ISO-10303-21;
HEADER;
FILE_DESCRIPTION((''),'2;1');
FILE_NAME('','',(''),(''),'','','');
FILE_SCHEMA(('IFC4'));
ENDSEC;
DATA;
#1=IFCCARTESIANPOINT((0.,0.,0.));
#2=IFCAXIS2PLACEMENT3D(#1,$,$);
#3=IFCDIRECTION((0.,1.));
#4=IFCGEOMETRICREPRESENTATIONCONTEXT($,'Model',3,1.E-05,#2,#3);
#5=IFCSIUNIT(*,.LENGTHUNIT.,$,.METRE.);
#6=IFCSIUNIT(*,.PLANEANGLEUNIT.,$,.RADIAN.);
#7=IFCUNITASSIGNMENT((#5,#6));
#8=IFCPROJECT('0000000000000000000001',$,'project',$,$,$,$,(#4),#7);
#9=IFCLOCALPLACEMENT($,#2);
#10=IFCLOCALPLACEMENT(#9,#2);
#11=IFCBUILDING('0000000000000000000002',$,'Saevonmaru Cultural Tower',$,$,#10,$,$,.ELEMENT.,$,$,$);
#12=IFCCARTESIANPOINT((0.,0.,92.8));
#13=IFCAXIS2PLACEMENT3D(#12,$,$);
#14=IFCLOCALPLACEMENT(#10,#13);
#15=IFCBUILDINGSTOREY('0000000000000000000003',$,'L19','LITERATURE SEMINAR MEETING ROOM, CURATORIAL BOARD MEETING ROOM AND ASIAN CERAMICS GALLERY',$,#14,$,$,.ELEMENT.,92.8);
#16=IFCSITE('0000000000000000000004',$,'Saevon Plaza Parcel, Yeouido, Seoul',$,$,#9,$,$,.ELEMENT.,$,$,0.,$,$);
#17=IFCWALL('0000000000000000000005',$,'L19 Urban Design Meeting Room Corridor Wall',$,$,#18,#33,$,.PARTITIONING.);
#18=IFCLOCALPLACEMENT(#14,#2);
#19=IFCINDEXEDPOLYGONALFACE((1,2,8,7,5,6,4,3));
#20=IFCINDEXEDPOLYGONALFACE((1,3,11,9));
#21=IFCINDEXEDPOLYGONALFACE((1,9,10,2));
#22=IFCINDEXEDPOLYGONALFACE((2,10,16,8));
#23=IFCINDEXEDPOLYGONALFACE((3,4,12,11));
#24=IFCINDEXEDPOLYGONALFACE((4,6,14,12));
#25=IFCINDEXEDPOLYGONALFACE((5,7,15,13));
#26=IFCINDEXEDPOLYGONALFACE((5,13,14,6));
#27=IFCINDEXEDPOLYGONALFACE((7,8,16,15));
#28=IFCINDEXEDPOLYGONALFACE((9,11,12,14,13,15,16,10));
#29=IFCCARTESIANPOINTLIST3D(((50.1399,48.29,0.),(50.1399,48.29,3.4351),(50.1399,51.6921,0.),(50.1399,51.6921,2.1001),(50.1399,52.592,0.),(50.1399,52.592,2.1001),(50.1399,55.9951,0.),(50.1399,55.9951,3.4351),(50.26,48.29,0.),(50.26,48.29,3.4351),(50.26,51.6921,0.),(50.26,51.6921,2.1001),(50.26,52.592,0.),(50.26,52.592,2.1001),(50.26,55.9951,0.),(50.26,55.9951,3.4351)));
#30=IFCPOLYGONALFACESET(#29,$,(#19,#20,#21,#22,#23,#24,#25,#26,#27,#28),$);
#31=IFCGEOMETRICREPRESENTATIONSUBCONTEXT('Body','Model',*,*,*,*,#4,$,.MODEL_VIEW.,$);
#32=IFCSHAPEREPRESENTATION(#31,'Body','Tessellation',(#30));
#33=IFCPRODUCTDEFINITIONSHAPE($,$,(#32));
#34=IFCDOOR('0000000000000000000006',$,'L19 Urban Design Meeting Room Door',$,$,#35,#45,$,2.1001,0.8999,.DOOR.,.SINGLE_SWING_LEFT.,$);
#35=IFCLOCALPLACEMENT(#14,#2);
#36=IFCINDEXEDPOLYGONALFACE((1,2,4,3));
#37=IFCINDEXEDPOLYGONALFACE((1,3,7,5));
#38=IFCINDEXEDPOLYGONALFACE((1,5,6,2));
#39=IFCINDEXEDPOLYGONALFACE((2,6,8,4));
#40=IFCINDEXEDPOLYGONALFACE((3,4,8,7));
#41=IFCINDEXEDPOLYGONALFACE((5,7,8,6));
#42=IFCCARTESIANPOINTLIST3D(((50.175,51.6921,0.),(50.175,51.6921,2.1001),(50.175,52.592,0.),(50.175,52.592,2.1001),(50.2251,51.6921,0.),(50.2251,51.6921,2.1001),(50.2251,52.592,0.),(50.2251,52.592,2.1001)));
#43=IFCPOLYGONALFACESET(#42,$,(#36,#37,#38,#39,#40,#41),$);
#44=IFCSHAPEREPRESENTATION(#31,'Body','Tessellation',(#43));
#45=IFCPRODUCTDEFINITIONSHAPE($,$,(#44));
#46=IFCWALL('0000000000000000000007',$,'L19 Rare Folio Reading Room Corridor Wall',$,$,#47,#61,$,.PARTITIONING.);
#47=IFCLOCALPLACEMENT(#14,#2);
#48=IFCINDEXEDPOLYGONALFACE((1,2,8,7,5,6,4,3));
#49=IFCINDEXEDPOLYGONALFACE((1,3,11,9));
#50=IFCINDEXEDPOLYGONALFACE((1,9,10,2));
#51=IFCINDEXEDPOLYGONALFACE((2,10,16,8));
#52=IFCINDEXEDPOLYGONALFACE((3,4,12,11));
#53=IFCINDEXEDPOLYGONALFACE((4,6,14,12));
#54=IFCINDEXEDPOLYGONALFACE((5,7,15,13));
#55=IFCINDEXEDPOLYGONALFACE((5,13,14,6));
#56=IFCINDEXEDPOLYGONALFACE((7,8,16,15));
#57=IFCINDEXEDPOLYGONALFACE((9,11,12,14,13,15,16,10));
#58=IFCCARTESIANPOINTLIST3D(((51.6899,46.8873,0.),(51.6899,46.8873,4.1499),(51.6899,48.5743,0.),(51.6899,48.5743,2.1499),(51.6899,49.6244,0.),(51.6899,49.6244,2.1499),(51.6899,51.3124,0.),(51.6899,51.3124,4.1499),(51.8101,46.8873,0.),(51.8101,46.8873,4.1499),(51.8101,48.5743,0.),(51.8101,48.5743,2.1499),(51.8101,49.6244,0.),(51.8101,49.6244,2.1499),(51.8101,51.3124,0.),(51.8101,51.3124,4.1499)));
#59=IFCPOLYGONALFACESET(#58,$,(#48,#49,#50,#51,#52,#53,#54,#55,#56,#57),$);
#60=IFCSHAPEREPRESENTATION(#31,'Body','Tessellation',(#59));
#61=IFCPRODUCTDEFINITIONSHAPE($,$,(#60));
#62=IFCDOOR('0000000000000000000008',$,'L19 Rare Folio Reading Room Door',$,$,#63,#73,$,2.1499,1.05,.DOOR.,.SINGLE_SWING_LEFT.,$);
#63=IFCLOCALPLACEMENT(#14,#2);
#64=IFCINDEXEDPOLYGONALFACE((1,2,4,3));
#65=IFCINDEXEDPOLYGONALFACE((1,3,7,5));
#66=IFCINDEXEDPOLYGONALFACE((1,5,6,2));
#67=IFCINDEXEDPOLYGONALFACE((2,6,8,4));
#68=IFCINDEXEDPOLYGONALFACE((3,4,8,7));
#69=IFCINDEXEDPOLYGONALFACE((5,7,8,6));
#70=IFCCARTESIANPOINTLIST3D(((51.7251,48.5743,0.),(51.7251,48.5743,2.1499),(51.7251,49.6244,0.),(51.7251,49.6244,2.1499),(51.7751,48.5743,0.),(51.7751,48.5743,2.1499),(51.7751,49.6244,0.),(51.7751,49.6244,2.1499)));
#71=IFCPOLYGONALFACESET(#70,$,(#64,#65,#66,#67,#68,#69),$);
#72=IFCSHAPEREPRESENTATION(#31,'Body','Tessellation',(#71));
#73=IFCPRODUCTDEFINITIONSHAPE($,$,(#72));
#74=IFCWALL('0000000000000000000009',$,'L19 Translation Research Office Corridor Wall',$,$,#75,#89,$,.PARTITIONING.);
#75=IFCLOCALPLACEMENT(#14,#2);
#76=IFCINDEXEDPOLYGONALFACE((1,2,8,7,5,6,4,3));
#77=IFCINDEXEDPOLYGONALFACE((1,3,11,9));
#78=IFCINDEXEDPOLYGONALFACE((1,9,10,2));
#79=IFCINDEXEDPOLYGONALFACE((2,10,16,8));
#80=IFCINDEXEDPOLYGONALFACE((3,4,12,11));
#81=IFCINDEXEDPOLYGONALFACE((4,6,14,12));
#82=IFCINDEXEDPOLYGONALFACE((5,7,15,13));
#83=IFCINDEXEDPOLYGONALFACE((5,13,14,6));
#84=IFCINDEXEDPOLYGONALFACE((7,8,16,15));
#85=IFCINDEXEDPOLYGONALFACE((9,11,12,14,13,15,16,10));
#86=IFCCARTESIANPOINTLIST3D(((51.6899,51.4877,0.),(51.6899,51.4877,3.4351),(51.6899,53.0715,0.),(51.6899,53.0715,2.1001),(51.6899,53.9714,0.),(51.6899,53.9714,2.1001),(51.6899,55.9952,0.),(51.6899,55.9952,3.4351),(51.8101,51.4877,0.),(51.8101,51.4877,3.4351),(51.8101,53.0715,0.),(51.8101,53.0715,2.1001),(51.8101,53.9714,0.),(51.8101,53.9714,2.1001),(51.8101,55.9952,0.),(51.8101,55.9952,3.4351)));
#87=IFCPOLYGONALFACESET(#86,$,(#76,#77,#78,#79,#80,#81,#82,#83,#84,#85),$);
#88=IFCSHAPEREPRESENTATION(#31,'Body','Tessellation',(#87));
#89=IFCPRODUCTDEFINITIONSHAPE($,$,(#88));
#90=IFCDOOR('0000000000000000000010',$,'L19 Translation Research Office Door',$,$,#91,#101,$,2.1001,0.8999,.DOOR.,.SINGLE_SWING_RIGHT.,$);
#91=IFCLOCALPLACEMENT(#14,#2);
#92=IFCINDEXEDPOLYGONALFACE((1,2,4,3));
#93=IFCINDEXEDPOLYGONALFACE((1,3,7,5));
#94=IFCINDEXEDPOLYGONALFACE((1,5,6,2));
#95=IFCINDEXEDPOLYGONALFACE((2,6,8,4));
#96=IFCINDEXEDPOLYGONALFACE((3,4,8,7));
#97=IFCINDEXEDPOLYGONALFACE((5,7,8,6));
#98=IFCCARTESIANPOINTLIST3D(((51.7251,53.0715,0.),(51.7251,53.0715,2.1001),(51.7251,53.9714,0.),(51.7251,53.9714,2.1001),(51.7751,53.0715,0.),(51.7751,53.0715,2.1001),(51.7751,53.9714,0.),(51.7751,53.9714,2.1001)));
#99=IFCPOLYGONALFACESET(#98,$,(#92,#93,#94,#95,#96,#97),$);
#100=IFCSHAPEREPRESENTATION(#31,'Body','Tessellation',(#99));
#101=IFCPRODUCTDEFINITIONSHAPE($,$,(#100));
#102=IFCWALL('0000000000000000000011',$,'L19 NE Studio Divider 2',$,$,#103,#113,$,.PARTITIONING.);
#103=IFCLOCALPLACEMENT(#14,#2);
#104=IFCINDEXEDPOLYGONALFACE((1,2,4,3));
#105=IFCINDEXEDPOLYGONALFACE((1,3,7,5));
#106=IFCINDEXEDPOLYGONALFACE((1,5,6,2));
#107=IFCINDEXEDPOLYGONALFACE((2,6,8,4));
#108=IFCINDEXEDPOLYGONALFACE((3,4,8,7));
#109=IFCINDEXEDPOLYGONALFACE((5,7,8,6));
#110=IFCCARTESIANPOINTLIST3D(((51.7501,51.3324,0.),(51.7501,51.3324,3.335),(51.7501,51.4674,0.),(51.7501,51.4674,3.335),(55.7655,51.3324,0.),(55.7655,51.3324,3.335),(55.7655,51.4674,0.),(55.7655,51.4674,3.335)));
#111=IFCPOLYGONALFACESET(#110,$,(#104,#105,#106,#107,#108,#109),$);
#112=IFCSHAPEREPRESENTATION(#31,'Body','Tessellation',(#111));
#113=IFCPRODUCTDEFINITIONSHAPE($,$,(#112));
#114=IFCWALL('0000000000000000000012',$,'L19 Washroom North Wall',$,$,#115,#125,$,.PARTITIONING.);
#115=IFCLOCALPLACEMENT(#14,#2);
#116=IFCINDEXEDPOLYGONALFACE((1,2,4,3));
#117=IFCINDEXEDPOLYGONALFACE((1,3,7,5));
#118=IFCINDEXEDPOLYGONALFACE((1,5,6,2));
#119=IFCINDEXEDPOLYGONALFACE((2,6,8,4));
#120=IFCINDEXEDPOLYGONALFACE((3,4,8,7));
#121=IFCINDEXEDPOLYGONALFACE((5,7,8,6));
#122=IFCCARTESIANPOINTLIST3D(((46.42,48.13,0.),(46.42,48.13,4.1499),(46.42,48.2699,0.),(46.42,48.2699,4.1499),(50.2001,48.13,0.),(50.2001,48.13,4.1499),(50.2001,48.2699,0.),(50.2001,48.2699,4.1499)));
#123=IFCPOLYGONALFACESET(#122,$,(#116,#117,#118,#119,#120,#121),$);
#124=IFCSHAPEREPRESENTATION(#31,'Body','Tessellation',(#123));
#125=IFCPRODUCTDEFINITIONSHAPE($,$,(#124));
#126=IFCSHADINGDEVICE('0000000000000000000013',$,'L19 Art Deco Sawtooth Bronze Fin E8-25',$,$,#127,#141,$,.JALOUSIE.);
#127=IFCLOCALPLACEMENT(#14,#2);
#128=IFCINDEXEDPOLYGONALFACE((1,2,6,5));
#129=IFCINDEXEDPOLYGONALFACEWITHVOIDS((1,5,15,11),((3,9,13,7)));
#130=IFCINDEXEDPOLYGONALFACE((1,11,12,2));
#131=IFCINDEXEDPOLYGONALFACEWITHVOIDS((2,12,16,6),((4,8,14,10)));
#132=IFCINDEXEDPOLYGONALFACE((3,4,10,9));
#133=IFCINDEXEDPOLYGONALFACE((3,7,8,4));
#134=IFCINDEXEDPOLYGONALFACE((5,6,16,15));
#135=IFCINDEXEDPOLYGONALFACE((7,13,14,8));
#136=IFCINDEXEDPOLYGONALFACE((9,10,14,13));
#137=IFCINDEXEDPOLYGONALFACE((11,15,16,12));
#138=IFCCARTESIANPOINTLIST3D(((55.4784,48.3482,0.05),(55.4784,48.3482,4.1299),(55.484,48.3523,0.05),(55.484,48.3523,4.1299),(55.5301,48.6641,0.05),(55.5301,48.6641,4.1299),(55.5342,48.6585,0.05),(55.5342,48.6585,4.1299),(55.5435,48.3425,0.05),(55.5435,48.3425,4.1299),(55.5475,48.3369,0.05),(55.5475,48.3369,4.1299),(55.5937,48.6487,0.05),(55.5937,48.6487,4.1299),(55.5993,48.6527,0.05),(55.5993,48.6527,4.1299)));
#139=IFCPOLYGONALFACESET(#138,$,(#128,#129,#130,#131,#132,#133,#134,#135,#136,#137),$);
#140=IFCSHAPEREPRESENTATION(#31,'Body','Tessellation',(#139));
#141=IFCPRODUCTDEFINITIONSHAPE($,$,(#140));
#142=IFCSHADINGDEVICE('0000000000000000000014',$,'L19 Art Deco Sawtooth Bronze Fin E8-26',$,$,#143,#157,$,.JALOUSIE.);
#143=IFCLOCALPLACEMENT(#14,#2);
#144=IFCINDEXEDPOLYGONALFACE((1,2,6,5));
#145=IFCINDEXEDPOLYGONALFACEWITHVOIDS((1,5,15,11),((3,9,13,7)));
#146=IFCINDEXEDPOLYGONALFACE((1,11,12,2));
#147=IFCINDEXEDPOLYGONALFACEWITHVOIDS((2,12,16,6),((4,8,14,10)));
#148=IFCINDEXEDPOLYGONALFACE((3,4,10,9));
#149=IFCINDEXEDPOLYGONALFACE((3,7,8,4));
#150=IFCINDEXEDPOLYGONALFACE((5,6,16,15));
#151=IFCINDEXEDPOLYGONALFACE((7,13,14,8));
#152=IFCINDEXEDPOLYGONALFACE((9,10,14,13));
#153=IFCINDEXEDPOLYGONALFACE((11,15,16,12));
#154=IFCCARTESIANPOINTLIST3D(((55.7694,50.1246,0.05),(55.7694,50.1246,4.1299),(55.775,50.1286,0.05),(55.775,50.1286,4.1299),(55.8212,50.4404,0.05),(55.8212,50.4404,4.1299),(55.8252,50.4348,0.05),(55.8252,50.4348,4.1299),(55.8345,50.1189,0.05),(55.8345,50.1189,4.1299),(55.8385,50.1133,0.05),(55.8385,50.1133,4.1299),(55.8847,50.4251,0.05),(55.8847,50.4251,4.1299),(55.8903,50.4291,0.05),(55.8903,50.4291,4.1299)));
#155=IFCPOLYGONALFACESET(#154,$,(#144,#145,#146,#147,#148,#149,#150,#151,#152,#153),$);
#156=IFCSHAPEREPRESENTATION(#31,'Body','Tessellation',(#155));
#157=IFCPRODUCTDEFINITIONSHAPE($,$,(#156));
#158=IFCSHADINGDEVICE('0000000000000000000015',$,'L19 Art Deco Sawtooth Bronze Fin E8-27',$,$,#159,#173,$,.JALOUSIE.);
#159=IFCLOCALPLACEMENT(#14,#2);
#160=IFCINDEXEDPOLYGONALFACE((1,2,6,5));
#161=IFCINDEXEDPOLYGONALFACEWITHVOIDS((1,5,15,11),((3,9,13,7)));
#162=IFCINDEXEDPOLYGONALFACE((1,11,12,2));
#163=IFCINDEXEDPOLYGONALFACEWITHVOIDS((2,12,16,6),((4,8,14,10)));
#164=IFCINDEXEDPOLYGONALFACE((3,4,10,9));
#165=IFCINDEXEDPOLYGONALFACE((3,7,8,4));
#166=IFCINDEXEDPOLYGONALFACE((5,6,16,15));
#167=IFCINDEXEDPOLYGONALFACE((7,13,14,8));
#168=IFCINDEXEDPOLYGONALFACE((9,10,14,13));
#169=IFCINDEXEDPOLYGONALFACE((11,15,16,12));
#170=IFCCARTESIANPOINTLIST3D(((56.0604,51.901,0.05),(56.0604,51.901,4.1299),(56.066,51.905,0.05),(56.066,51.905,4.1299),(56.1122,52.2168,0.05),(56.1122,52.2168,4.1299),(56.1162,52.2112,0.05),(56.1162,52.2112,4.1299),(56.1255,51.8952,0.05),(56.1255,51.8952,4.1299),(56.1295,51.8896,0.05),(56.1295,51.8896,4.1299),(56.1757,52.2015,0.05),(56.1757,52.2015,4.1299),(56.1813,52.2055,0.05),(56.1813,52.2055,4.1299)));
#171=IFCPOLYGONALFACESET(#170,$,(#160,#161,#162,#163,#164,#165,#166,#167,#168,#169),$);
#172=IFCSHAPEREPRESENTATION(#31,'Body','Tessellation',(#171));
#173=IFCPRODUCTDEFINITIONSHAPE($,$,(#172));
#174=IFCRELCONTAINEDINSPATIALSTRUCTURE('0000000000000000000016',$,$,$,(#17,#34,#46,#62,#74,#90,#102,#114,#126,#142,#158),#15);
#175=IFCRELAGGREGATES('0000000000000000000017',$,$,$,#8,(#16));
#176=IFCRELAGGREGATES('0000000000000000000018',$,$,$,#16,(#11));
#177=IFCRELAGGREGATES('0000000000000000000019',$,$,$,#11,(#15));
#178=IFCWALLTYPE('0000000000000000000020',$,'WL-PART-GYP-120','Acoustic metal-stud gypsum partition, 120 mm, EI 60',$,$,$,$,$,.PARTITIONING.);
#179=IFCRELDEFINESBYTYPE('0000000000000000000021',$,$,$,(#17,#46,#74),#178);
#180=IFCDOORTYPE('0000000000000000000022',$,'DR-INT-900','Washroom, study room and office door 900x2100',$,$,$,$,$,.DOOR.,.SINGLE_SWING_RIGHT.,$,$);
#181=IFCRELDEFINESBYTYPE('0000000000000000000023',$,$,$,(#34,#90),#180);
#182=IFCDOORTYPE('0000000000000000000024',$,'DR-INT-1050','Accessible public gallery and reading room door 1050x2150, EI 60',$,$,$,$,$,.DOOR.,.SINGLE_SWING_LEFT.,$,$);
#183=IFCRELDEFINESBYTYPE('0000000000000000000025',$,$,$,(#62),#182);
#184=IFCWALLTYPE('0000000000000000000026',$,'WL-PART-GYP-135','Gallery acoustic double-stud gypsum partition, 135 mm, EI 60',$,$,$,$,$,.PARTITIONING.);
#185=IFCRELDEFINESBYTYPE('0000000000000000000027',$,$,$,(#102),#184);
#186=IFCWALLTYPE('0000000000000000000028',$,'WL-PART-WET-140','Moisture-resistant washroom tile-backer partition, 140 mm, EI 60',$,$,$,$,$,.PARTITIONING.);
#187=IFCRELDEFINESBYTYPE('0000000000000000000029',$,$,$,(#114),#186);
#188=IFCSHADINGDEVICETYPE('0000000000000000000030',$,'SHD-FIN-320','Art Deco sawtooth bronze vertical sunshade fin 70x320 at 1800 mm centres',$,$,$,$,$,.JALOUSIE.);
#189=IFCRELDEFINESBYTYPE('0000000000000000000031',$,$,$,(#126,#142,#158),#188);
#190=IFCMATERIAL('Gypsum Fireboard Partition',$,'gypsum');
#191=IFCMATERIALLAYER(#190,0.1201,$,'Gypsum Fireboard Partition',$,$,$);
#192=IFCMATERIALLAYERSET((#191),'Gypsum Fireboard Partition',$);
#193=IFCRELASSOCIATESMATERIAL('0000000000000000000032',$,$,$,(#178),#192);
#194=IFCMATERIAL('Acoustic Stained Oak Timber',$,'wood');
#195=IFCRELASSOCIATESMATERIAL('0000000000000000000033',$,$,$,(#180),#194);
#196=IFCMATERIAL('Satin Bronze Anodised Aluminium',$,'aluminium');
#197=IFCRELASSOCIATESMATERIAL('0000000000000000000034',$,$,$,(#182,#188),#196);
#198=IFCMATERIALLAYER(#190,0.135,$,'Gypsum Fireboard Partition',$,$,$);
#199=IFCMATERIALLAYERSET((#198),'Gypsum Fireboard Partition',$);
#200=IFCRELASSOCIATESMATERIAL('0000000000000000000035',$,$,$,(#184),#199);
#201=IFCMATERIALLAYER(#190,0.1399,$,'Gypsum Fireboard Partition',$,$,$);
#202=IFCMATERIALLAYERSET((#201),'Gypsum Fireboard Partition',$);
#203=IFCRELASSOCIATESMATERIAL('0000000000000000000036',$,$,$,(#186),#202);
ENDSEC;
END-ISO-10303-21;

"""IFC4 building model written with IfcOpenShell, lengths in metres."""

from ifc_helpers import new_model, si_unit, direction, frame, frame_2d, origin, origin_2d, place, context, subcontext, project, spatial, rectangle, hollow_rectangle, extrude, material, layer, layer_set, material_profile, profile_set, type_object, element, fill, save


model = new_model("IFC4")

# Units and contexts
model_context = context("Model", 3, precision=1e-05, world=origin(), true_north=direction((0.0, 1.0)))
body_context = subcontext(model_context, "Body", "Model", "MODEL_VIEW")
ifc_project = project(units=[si_unit("LENGTHUNIT", "METRE"), si_unit("PLANEANGLEUNIT", "RADIAN")], contexts=[model_context])

# Site, building, storey
site_placement = place(None, origin())
site = spatial("IfcSite", under=ifc_project, at=site_placement, Name="Saevon Plaza Parcel, Yeouido, Seoul", CompositionType="ELEMENT", RefElevation=0.0)
building_placement = place(site_placement, origin())
building = spatial("IfcBuilding", under=site, at=building_placement, Name="Saevonmaru Cultural Tower", CompositionType="ELEMENT")
storey_placement = place(building_placement, frame((0.0, 0.0, 92.8)))
storey = spatial("IfcBuildingStorey", under=building, at=storey_placement, Name="L19", Description="LITERATURE SEMINAR MEETING ROOM, CURATORIAL BOARD MEETING ROOM AND ASIAN CERAMICS GALLERY", CompositionType="ELEMENT", Elevation=92.8)

# Shared definitions
ifc_material_1 = material(Name="Satin Bronze Anodised Aluminium", Category="aluminium")

# Walls, openings, doors
ifc_material_2 = material(Name="Gypsum Fireboard Partition", Category="gypsum")
ifc_layer_1 = layer(ifc_material_2, 0.1201, Name="Gypsum Fireboard Partition")
ifc_layer_set_1 = layer_set([ifc_layer_1], Name="Gypsum Fireboard Partition")
wall_type_1 = type_object("IfcWallType", Name="WL-PART-GYP-120", Description="Acoustic metal-stud gypsum partition, 120 mm, EI 60", PredefinedType="PARTITIONING", material=ifc_layer_set_1)
wall_1_placement = place(storey_placement, frame((50.2, 48.29, 0.0), z_axis=(0.0, 0.0, 1.0), x_axis=(0.0, 1.0, 0.0)))
wall_1 = element("IfcWall", 1, at=wall_1_placement, inside=storey, type_object=wall_type_1, Name="L19 Urban Design Meeting Room Corridor Wall", PredefinedType="PARTITIONING", context=body_context, shape_type="SweptSolid", body=[
    extrude(rectangle(XDim=7.7051, YDim=0.1201, at=frame_2d((3.8525, 0.0))), origin(), (0.0, 0.0, 1.0), 3.4351),
])
opening_1_placement = place(wall_1_placement, frame((3.4021, 0.0, 0.0)))
opening_1 = element("IfcOpeningElement", 2, at=opening_1_placement, cuts=wall_1, PredefinedType="OPENING", context=body_context, shape_type="SweptSolid", body=[
    extrude(rectangle(XDim=0.8999, YDim=2.1001, at=frame_2d((0.45, 1.05))), frame((0.0, 0.0701, 0.0), z_axis=(0.0, -1.0, 0.0), x_axis=(1.0, 0.0, 0.0)), (0.0, 0.0, 1.0), 0.1401),
])
ifc_material_3 = material(Name="Acoustic Stained Oak Timber", Category="wood")
door_type_1 = type_object("IfcDoorType", Name="DR-INT-900", Description="Washroom, study room and office door 900x2100", OperationType="SINGLE_SWING_RIGHT", PredefinedType="DOOR", material=ifc_material_3)
door_1_placement = place(opening_1_placement, origin())
door_1 = element("IfcDoor", 3, at=door_1_placement, inside=storey, type_object=door_type_1, Name="L19 Urban Design Meeting Room Door", OperationType="SINGLE_SWING_LEFT", OverallHeight=2.1001, OverallWidth=0.8999, PredefinedType="DOOR", context=body_context, shape_type="SweptSolid", body=[
    extrude(rectangle(XDim=0.8999, YDim=2.1001, at=frame_2d((0.45, 1.05))), frame((0.0, 0.0249, 0.0), z_axis=(0.0, -1.0, 0.0), x_axis=(1.0, 0.0, 0.0)), (0.0, 0.0, 1.0), 0.05),
])
fill(opening_1, door_1)
wall_2_placement = place(storey_placement, frame((51.75, 46.8875, 0.0), z_axis=(0.0, 0.0, 1.0), x_axis=(0.0, 1.0, 0.0)))
wall_2 = element("IfcWall", 4, at=wall_2_placement, inside=storey, type_object=wall_type_1, Name="L19 Rare Folio Reading Room Corridor Wall", PredefinedType="PARTITIONING", context=body_context, shape_type="SweptSolid", body=[
    extrude(rectangle(XDim=4.425, YDim=0.1201, at=frame_2d((2.2124, 0.0))), origin(), (0.0, 0.0, 1.0), 4.1499),
])
opening_2_placement = place(wall_2_placement, frame((1.687, 0.0, 0.0)))
opening_2 = element("IfcOpeningElement", 5, at=opening_2_placement, cuts=wall_2, PredefinedType="OPENING", context=body_context, shape_type="SweptSolid", body=[
    extrude(rectangle(XDim=1.05, YDim=2.1499, at=frame_2d((0.5249, 1.075))), frame((0.0, 0.0701, 0.0), z_axis=(0.0, -1.0, 0.0), x_axis=(1.0, 0.0, 0.0)), (0.0, 0.0, 1.0), 0.1401),
])
door_type_2 = type_object("IfcDoorType", Name="DR-INT-1050", Description="Accessible public gallery and reading room door 1050x2150, EI 60", OperationType="SINGLE_SWING_LEFT", PredefinedType="DOOR", material=ifc_material_1)
door_2_placement = place(opening_2_placement, origin())
door_2 = element("IfcDoor", 6, at=door_2_placement, inside=storey, type_object=door_type_2, Name="L19 Rare Folio Reading Room Door", OperationType="SINGLE_SWING_LEFT", OverallHeight=2.1499, OverallWidth=1.05, PredefinedType="DOOR", context=body_context, shape_type="SweptSolid", body=[
    extrude(rectangle(XDim=1.05, YDim=2.1499, at=frame_2d((0.5249, 1.075))), frame((0.0, 0.0249, 0.0), z_axis=(0.0, -1.0, 0.0), x_axis=(1.0, 0.0, 0.0)), (0.0, 0.0, 1.0), 0.05),
])
fill(opening_2, door_2)
wall_3_placement = place(storey_placement, frame((51.75, 51.4875, 0.0), z_axis=(0.0, 0.0, 1.0), x_axis=(0.0, 1.0, 0.0)))
wall_3 = element("IfcWall", 7, at=wall_3_placement, inside=storey, type_object=wall_type_1, Name="L19 Translation Research Office Corridor Wall", PredefinedType="PARTITIONING", context=body_context, shape_type="SweptSolid", body=[
    extrude(rectangle(XDim=4.5076, YDim=0.1201, at=frame_2d((2.2539, 0.0))), origin(), (0.0, 0.0, 1.0), 3.4351),
])
opening_3_placement = place(wall_3_placement, frame((1.584, 0.0, 0.0)))
opening_3 = element("IfcOpeningElement", 8, at=opening_3_placement, cuts=wall_3, PredefinedType="OPENING", context=body_context, shape_type="SweptSolid", body=[
    extrude(rectangle(XDim=0.8999, YDim=2.1001, at=frame_2d((0.45, 1.05))), frame((0.0, 0.0701, 0.0), z_axis=(0.0, -1.0, 0.0), x_axis=(1.0, 0.0, 0.0)), (0.0, 0.0, 1.0), 0.1401),
])
door_3_placement = place(opening_3_placement, origin())
door_3 = element("IfcDoor", 9, at=door_3_placement, inside=storey, type_object=door_type_1, Name="L19 Translation Research Office Door", OperationType="SINGLE_SWING_RIGHT", OverallHeight=2.1001, OverallWidth=0.8999, PredefinedType="DOOR", context=body_context, shape_type="SweptSolid", body=[
    extrude(rectangle(XDim=0.8999, YDim=2.1001, at=frame_2d((0.45, 1.05))), frame((0.0, 0.0249, 0.0), z_axis=(0.0, -1.0, 0.0), x_axis=(1.0, 0.0, 0.0)), (0.0, 0.0, 1.0), 0.05),
])
fill(opening_3, door_3)

# Walls
ifc_layer_2 = layer(ifc_material_2, 0.135, Name="Gypsum Fireboard Partition")
ifc_layer_set_2 = layer_set([ifc_layer_2], Name="Gypsum Fireboard Partition")
wall_type_2 = type_object("IfcWallType", Name="WL-PART-GYP-135", Description="Gallery acoustic double-stud gypsum partition, 135 mm, EI 60", PredefinedType="PARTITIONING", material=ifc_layer_set_2)
wall_4_placement = place(storey_placement, frame((51.75, 51.3999, 0.0), z_axis=(0.0, 0.0, 1.0), x_axis=(1.0, 0.0, 0.0)))
element("IfcWall", 10, at=wall_4_placement, inside=storey, type_object=wall_type_2, Name="L19 NE Studio Divider 2", PredefinedType="PARTITIONING", context=body_context, shape_type="SweptSolid", body=[
    extrude(rectangle(XDim=4.0154, YDim=0.135, at=frame_2d((2.0078, 0.0))), origin(), (0.0, 0.0, 1.0), 3.335),
])
ifc_layer_3 = layer(ifc_material_2, 0.1399, Name="Gypsum Fireboard Partition")
ifc_layer_set_3 = layer_set([ifc_layer_3], Name="Gypsum Fireboard Partition")
wall_type_3 = type_object("IfcWallType", Name="WL-PART-WET-140", Description="Moisture-resistant washroom tile-backer partition, 140 mm, EI 60", PredefinedType="PARTITIONING", material=ifc_layer_set_3)
wall_5_placement = place(storey_placement, frame((46.4199, 48.2, 0.0), z_axis=(0.0, 0.0, 1.0), x_axis=(1.0, 0.0, 0.0)))
element("IfcWall", 11, at=wall_5_placement, inside=storey, type_object=wall_type_3, Name="L19 Washroom North Wall", PredefinedType="PARTITIONING", context=body_context, shape_type="SweptSolid", body=[
    extrude(rectangle(XDim=3.78, YDim=0.1399, at=frame_2d((1.8901, 0.0))), origin(), (0.0, 0.0, 1.0), 4.1499),
])

# Shading devices
ifc_material_profile_1 = material_profile(ifc_material_1, hollow_rectangle(XDim=0.0701, YDim=0.3201, WallThickness=0.0049, at=origin_2d()), Name="FIN-320x70")
ifc_profile_set_1 = profile_set([ifc_material_profile_1], Name="Satin Bronze Anodised Aluminium")
shading_device_type = type_object("IfcShadingDeviceType", Name="SHD-FIN-320", Description="Art Deco sawtooth bronze vertical sunshade fin 70x320 at 1800 mm centres", PredefinedType="JALOUSIE", material=ifc_profile_set_1)
for number, where, z_axis, x_axis, name in (
    (12, (55.5388, 48.5005, 0.05), (0.0, 0.0, 1.0), (0.986827, -0.161776, 0.0), "L19 Art Deco Sawtooth Bronze Fin E8-25"),
    (13, (55.8298, 50.2769, 0.05), (0.0, 0.0, 1.0), (0.986827, -0.161776, 0.0), "L19 Art Deco Sawtooth Bronze Fin E8-26"),
    (14, (56.1208, 52.0532, 0.05), (0.0, 0.0, 1.0), (0.986827, -0.161776, 0.0), "L19 Art Deco Sawtooth Bronze Fin E8-27"),
):
    element("IfcShadingDevice", number, at=place(storey_placement, frame(where, z_axis=z_axis, x_axis=x_axis)), inside=storey, type_object=shading_device_type, Name=name, PredefinedType="JALOUSIE", context=body_context, shape_type="SweptSolid", body=[
        extrude(hollow_rectangle(XDim=0.0701, YDim=0.3201, WallThickness=0.0049, at=origin_2d()), origin(), (0.0, 0.0, 1.0), 4.0798),
    ])

save(model, "model.ifc")
